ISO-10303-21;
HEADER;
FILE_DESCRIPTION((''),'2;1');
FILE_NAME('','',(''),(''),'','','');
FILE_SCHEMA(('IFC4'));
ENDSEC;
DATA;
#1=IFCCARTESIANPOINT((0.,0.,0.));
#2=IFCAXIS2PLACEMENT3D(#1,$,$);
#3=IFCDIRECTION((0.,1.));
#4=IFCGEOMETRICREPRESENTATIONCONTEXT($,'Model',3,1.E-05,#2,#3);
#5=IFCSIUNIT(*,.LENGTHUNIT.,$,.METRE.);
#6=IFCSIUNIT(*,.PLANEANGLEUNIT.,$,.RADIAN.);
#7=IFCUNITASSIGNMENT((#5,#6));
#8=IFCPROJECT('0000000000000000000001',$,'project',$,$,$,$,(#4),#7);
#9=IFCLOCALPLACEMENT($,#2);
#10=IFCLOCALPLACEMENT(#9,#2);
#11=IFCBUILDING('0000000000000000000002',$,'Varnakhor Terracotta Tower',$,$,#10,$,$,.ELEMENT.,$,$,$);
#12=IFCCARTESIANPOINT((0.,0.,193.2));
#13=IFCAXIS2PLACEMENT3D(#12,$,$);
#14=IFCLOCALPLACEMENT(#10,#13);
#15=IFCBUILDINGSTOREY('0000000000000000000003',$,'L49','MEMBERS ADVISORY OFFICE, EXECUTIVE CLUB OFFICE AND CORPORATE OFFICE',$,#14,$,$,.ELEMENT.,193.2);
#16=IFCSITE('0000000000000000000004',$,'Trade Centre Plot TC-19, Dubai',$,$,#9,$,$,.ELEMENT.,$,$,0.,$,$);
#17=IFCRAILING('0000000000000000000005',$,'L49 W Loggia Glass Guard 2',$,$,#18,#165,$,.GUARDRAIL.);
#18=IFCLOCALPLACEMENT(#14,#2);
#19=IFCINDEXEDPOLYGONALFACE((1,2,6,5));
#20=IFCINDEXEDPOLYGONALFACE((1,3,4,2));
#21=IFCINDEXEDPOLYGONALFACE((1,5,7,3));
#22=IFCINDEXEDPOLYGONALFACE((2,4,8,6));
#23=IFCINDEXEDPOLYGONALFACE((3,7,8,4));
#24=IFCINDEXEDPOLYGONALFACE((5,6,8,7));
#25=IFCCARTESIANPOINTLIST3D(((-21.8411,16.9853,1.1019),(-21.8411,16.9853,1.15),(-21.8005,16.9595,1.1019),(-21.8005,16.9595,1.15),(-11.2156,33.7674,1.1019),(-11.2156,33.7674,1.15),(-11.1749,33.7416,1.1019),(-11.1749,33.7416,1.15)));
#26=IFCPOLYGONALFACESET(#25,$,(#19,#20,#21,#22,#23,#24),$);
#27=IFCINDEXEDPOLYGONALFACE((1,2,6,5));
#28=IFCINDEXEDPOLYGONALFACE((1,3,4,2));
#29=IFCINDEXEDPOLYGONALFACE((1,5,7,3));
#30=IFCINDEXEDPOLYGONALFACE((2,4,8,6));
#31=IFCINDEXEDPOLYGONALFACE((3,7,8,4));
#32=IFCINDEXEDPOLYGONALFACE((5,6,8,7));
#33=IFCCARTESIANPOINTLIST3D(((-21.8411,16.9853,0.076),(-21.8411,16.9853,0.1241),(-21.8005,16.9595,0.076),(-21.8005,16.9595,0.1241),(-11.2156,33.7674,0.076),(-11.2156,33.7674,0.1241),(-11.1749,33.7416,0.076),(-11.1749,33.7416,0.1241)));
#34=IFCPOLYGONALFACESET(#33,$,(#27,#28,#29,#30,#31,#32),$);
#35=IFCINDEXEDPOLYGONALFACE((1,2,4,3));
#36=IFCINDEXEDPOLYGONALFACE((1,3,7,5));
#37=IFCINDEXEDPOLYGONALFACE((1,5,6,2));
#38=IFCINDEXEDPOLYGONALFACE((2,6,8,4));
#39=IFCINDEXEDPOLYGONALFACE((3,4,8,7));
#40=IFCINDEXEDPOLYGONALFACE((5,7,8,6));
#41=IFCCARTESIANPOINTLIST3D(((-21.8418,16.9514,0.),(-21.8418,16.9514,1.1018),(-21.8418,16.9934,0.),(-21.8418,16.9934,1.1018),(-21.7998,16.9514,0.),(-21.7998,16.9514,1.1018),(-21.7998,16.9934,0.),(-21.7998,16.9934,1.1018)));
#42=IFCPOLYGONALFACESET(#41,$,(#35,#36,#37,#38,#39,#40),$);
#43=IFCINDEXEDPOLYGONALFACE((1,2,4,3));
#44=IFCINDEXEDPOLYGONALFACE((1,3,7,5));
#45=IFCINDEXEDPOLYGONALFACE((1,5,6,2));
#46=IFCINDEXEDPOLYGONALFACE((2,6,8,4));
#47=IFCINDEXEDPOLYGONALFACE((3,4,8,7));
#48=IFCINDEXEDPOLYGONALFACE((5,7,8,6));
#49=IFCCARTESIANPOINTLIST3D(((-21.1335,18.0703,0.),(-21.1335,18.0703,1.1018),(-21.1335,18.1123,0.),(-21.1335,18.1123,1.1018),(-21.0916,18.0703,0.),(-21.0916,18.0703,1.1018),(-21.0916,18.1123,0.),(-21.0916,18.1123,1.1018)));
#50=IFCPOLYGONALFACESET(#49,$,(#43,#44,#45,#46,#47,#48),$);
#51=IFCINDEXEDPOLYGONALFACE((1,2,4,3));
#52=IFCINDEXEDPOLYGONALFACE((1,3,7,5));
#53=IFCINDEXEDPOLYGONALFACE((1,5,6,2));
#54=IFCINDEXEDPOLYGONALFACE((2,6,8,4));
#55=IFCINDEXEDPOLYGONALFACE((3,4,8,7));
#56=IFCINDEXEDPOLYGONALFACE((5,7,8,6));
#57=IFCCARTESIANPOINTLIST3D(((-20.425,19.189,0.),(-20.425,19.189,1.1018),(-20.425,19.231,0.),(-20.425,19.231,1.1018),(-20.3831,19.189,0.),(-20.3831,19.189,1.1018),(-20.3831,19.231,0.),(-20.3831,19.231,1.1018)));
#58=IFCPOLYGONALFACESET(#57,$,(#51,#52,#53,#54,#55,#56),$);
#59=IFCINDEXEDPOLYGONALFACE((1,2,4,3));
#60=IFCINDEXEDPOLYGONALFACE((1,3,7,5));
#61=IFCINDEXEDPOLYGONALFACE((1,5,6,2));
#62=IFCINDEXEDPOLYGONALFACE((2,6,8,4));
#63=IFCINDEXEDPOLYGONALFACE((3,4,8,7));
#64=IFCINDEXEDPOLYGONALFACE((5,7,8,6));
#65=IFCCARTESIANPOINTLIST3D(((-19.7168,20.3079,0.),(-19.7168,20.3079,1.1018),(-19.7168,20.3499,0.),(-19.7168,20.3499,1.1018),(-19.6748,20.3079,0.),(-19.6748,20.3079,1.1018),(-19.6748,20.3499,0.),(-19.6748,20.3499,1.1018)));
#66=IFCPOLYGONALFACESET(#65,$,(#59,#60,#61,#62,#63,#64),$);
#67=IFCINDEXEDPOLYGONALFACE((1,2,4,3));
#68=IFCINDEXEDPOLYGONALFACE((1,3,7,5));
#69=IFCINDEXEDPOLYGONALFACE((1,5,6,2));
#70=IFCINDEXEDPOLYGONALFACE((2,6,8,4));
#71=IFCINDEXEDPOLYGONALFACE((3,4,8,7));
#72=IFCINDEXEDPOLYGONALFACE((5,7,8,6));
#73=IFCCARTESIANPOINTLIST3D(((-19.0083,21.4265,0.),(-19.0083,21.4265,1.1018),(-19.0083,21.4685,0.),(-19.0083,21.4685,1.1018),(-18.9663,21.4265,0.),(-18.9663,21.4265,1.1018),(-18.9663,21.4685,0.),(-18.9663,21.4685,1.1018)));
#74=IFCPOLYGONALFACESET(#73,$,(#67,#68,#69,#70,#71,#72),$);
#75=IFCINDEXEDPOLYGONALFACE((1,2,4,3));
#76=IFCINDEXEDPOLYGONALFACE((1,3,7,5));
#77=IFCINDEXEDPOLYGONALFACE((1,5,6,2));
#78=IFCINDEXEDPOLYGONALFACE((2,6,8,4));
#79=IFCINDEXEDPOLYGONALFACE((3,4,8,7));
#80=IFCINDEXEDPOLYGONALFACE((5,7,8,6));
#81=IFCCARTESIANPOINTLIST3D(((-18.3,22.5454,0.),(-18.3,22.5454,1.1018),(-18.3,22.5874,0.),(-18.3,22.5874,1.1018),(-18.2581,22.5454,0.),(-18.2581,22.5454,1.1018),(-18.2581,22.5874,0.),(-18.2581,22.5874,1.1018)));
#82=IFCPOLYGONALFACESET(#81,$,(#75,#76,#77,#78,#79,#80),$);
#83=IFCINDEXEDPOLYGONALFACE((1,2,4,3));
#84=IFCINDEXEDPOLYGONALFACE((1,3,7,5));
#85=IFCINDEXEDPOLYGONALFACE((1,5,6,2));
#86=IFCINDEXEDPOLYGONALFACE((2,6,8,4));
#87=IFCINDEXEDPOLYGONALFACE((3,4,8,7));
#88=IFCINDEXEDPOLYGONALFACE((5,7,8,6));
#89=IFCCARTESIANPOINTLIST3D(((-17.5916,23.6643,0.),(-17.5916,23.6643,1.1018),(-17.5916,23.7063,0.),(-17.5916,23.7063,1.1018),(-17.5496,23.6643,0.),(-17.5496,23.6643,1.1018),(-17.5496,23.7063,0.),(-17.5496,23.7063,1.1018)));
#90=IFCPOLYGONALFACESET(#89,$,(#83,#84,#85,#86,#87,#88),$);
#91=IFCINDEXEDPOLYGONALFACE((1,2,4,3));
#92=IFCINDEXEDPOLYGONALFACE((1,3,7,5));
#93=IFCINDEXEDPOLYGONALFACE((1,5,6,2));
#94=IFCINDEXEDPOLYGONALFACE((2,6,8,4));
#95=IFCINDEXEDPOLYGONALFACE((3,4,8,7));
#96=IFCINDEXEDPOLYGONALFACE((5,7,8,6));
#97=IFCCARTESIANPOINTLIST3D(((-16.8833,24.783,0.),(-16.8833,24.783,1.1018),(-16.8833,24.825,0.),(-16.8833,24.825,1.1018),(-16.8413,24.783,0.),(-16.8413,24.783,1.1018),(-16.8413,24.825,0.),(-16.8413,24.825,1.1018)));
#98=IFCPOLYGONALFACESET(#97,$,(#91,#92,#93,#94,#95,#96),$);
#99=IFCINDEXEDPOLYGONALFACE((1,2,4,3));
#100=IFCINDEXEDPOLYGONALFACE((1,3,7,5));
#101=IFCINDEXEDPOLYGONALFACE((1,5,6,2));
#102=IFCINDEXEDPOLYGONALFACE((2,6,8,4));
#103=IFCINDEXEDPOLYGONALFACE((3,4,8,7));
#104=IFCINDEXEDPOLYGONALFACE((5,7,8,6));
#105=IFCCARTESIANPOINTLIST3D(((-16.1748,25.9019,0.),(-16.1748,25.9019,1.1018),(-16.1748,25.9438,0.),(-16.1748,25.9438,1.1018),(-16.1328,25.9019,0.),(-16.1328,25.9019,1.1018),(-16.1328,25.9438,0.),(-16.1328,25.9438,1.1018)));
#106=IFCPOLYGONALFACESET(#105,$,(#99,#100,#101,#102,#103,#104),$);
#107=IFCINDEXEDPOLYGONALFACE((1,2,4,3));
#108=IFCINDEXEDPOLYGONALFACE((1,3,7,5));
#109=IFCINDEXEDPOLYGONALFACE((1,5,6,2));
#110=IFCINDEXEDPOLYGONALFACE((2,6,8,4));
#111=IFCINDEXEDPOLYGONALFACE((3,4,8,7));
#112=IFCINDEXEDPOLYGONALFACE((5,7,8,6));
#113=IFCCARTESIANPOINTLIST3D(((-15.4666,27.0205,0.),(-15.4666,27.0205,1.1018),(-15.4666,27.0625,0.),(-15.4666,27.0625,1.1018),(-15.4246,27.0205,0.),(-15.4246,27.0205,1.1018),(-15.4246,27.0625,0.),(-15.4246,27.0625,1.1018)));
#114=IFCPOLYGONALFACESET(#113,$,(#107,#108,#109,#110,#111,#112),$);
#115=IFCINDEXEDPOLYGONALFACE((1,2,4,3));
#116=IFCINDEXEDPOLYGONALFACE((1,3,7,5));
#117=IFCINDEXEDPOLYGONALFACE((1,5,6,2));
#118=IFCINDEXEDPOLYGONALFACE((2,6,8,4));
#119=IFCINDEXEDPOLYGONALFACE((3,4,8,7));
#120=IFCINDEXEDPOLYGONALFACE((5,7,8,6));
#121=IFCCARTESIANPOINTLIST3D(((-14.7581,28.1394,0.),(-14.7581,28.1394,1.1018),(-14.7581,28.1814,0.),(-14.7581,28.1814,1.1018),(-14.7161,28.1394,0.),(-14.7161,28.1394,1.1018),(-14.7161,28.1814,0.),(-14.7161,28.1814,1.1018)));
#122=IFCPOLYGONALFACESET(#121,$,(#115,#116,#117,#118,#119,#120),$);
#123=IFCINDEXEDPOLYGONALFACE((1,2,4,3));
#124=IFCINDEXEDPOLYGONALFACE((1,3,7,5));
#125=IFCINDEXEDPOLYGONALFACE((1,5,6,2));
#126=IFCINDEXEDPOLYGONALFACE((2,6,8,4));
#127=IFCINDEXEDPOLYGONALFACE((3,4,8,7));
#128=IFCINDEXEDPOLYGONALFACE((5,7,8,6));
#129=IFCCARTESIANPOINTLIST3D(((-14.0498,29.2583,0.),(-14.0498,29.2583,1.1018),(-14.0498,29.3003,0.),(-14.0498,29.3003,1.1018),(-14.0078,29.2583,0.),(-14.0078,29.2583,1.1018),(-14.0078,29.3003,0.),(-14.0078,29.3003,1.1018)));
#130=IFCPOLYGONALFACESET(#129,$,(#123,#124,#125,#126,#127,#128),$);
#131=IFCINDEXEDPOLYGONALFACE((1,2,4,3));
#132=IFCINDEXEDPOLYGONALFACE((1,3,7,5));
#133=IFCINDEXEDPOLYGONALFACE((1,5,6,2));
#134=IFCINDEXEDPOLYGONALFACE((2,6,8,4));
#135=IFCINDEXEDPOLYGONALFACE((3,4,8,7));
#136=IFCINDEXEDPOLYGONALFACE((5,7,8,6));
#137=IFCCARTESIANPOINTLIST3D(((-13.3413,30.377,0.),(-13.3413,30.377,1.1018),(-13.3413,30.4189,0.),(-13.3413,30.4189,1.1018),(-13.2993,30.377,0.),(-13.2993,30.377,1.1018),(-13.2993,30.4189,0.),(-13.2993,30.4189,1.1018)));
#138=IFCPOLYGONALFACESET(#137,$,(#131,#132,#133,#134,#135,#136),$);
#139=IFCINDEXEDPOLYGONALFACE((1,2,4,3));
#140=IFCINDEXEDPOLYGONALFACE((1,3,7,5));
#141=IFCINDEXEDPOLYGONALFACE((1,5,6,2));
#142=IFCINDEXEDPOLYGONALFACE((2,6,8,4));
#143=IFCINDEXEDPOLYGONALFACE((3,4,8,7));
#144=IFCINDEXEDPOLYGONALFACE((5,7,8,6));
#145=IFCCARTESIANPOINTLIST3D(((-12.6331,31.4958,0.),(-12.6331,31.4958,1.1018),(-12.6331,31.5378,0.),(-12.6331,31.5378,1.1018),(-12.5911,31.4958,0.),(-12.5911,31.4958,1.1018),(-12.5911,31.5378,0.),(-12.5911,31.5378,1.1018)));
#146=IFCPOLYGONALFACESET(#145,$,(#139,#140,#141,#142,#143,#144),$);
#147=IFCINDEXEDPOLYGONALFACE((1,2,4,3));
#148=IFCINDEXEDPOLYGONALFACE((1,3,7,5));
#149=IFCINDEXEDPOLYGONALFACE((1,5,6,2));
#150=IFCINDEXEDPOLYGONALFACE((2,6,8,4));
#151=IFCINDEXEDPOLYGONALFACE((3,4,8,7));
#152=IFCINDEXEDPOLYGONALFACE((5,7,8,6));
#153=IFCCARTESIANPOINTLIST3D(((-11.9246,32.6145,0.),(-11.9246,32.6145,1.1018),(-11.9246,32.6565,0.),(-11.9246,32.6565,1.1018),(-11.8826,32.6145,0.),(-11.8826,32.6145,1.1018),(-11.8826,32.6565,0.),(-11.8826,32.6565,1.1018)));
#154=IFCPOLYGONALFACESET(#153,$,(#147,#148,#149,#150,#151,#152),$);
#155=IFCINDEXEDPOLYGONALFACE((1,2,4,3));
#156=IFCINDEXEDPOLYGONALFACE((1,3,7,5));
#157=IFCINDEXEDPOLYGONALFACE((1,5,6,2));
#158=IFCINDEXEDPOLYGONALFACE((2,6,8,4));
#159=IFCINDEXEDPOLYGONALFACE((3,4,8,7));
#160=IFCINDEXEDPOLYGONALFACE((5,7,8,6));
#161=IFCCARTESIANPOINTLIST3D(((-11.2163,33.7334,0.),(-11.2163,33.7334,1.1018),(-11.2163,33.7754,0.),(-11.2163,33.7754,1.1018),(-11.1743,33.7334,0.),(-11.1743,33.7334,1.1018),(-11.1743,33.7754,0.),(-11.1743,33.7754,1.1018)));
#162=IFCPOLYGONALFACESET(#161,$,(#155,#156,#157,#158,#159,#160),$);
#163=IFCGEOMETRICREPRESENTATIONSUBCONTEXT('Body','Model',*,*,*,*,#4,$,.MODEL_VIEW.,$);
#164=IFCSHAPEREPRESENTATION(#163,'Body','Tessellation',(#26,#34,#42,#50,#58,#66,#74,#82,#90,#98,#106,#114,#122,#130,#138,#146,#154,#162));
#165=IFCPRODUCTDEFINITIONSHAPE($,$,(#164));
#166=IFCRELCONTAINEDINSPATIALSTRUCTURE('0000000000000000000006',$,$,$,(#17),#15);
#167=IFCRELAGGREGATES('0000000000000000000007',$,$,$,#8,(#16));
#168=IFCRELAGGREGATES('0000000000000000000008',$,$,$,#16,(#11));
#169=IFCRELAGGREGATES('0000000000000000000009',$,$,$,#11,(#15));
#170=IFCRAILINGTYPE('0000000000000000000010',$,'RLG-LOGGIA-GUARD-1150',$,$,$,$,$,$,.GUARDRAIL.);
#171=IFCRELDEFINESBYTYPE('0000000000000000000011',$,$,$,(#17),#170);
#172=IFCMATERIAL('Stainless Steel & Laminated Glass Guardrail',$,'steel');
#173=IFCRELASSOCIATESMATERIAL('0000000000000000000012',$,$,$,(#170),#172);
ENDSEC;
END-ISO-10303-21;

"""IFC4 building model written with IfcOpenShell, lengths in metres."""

from ifc_helpers import new_model, si_unit, direction, frame, origin, origin_2d, place, context, subcontext, project, spatial, rectangle, extrude, material, type_object, element, save


model = new_model("IFC4")

# Units and contexts
model_context = context("Model", 3, precision=1e-05, world=origin(), true_north=direction((0.0, 1.0)))
body_context = subcontext(model_context, "Body", "Model", "MODEL_VIEW")
ifc_project = project(units=[si_unit("LENGTHUNIT", "METRE"), si_unit("PLANEANGLEUNIT", "RADIAN")], contexts=[model_context])

# Site, building, storey
site_placement = place(None, origin())
site = spatial("IfcSite", under=ifc_project, at=site_placement, Name="Trade Centre Plot TC-19, Dubai", CompositionType="ELEMENT", RefElevation=0.0)
building_placement = place(site_placement, origin())
building = spatial("IfcBuilding", under=site, at=building_placement, Name="Varnakhor Terracotta Tower", CompositionType="ELEMENT")
storey_placement = place(building_placement, frame((0.0, 0.0, 193.2)))
storey = spatial("IfcBuildingStorey", under=building, at=storey_placement, Name="L49", Description="MEMBERS ADVISORY OFFICE, EXECUTIVE CLUB OFFICE AND CORPORATE OFFICE", CompositionType="ELEMENT", Elevation=193.2)

# Railing
ifc_material_1 = material(Name="Stainless Steel & Laminated Glass Guardrail", Category="steel")
railing_type = type_object("IfcRailingType", Name="RLG-LOGGIA-GUARD-1150", PredefinedType="GUARDRAIL", material=ifc_material_1)
railing_1_placement = place(storey_placement, frame((-21.8208, 16.9724, 0.0)))
element("IfcRailing", 1, at=railing_1_placement, inside=storey, type_object=railing_type, Name="L49 W Loggia Glass Guard 2", PredefinedType="GUARDRAIL", context=body_context, shape_type="SweptSolid", body=[
    extrude(rectangle(XDim=0.0481, YDim=0.0481, at=origin_2d()), frame((0.0, 0.0, 1.126), z_axis=(0.534941, 0.84489, 0.0), x_axis=(-0.84489, 0.534941, 0.0)), (0.0, 0.0, 1.0), 19.863),
    extrude(rectangle(XDim=0.0481, YDim=0.0481, at=origin_2d()), frame((0.0, 0.0, 0.1001), z_axis=(0.534941, 0.84489, 0.0), x_axis=(-0.84489, 0.534941, 0.0)), (0.0, 0.0, 1.0), 19.863),
    extrude(rectangle(XDim=0.042, YDim=0.042, at=origin_2d()), origin(), (0.0, 0.0, 1.0), 1.1018),
    extrude(rectangle(XDim=0.042, YDim=0.042, at=origin_2d()), frame((0.7083, 1.1189, 0.0)), (0.0, 0.0, 1.0), 1.1018),
    extrude(rectangle(XDim=0.042, YDim=0.042, at=origin_2d()), frame((1.4167, 2.2375, 0.0)), (0.0, 0.0, 1.0), 1.1018),
    extrude(rectangle(XDim=0.042, YDim=0.042, at=origin_2d()), frame((2.125, 3.3564, 0.0)), (0.0, 0.0, 1.0), 1.1018),
    extrude(rectangle(XDim=0.042, YDim=0.042, at=origin_2d()), frame((2.8335, 4.4751, 0.0)), (0.0, 0.0, 1.0), 1.1018),
    extrude(rectangle(XDim=0.042, YDim=0.042, at=origin_2d()), frame((3.5417, 5.594, 0.0)), (0.0, 0.0, 1.0), 1.1018),
    extrude(rectangle(XDim=0.042, YDim=0.042, at=origin_2d()), frame((4.2502, 6.7129, 0.0)), (0.0, 0.0, 1.0), 1.1018),
    extrude(rectangle(XDim=0.042, YDim=0.042, at=origin_2d()), frame((4.9585, 7.8315, 0.0)), (0.0, 0.0, 1.0), 1.1018),
    extrude(rectangle(XDim=0.042, YDim=0.042, at=origin_2d()), frame((5.667, 8.9504, 0.0)), (0.0, 0.0, 1.0), 1.1018),
    extrude(rectangle(XDim=0.042, YDim=0.042, at=origin_2d()), frame((6.3752, 10.0691, 0.0)), (0.0, 0.0, 1.0), 1.1018),
    extrude(rectangle(XDim=0.042, YDim=0.042, at=origin_2d()), frame((7.0837, 11.188, 0.0)), (0.0, 0.0, 1.0), 1.1018),
    extrude(rectangle(XDim=0.042, YDim=0.042, at=origin_2d()), frame((7.792, 12.3069, 0.0)), (0.0, 0.0, 1.0), 1.1018),
    extrude(rectangle(XDim=0.042, YDim=0.042, at=origin_2d()), frame((8.5005, 13.4255, 0.0)), (0.0, 0.0, 1.0), 1.1018),
    extrude(rectangle(XDim=0.042, YDim=0.042, at=origin_2d()), frame((9.2087, 14.5444, 0.0)), (0.0, 0.0, 1.0), 1.1018),
    extrude(rectangle(XDim=0.042, YDim=0.042, at=origin_2d()), frame((9.9172, 15.6631, 0.0)), (0.0, 0.0, 1.0), 1.1018),
    extrude(rectangle(XDim=0.042, YDim=0.042, at=origin_2d()), frame((10.6255, 16.782, 0.0)), (0.0, 0.0, 1.0), 1.1018),
])

save(model, "model.ifc")
